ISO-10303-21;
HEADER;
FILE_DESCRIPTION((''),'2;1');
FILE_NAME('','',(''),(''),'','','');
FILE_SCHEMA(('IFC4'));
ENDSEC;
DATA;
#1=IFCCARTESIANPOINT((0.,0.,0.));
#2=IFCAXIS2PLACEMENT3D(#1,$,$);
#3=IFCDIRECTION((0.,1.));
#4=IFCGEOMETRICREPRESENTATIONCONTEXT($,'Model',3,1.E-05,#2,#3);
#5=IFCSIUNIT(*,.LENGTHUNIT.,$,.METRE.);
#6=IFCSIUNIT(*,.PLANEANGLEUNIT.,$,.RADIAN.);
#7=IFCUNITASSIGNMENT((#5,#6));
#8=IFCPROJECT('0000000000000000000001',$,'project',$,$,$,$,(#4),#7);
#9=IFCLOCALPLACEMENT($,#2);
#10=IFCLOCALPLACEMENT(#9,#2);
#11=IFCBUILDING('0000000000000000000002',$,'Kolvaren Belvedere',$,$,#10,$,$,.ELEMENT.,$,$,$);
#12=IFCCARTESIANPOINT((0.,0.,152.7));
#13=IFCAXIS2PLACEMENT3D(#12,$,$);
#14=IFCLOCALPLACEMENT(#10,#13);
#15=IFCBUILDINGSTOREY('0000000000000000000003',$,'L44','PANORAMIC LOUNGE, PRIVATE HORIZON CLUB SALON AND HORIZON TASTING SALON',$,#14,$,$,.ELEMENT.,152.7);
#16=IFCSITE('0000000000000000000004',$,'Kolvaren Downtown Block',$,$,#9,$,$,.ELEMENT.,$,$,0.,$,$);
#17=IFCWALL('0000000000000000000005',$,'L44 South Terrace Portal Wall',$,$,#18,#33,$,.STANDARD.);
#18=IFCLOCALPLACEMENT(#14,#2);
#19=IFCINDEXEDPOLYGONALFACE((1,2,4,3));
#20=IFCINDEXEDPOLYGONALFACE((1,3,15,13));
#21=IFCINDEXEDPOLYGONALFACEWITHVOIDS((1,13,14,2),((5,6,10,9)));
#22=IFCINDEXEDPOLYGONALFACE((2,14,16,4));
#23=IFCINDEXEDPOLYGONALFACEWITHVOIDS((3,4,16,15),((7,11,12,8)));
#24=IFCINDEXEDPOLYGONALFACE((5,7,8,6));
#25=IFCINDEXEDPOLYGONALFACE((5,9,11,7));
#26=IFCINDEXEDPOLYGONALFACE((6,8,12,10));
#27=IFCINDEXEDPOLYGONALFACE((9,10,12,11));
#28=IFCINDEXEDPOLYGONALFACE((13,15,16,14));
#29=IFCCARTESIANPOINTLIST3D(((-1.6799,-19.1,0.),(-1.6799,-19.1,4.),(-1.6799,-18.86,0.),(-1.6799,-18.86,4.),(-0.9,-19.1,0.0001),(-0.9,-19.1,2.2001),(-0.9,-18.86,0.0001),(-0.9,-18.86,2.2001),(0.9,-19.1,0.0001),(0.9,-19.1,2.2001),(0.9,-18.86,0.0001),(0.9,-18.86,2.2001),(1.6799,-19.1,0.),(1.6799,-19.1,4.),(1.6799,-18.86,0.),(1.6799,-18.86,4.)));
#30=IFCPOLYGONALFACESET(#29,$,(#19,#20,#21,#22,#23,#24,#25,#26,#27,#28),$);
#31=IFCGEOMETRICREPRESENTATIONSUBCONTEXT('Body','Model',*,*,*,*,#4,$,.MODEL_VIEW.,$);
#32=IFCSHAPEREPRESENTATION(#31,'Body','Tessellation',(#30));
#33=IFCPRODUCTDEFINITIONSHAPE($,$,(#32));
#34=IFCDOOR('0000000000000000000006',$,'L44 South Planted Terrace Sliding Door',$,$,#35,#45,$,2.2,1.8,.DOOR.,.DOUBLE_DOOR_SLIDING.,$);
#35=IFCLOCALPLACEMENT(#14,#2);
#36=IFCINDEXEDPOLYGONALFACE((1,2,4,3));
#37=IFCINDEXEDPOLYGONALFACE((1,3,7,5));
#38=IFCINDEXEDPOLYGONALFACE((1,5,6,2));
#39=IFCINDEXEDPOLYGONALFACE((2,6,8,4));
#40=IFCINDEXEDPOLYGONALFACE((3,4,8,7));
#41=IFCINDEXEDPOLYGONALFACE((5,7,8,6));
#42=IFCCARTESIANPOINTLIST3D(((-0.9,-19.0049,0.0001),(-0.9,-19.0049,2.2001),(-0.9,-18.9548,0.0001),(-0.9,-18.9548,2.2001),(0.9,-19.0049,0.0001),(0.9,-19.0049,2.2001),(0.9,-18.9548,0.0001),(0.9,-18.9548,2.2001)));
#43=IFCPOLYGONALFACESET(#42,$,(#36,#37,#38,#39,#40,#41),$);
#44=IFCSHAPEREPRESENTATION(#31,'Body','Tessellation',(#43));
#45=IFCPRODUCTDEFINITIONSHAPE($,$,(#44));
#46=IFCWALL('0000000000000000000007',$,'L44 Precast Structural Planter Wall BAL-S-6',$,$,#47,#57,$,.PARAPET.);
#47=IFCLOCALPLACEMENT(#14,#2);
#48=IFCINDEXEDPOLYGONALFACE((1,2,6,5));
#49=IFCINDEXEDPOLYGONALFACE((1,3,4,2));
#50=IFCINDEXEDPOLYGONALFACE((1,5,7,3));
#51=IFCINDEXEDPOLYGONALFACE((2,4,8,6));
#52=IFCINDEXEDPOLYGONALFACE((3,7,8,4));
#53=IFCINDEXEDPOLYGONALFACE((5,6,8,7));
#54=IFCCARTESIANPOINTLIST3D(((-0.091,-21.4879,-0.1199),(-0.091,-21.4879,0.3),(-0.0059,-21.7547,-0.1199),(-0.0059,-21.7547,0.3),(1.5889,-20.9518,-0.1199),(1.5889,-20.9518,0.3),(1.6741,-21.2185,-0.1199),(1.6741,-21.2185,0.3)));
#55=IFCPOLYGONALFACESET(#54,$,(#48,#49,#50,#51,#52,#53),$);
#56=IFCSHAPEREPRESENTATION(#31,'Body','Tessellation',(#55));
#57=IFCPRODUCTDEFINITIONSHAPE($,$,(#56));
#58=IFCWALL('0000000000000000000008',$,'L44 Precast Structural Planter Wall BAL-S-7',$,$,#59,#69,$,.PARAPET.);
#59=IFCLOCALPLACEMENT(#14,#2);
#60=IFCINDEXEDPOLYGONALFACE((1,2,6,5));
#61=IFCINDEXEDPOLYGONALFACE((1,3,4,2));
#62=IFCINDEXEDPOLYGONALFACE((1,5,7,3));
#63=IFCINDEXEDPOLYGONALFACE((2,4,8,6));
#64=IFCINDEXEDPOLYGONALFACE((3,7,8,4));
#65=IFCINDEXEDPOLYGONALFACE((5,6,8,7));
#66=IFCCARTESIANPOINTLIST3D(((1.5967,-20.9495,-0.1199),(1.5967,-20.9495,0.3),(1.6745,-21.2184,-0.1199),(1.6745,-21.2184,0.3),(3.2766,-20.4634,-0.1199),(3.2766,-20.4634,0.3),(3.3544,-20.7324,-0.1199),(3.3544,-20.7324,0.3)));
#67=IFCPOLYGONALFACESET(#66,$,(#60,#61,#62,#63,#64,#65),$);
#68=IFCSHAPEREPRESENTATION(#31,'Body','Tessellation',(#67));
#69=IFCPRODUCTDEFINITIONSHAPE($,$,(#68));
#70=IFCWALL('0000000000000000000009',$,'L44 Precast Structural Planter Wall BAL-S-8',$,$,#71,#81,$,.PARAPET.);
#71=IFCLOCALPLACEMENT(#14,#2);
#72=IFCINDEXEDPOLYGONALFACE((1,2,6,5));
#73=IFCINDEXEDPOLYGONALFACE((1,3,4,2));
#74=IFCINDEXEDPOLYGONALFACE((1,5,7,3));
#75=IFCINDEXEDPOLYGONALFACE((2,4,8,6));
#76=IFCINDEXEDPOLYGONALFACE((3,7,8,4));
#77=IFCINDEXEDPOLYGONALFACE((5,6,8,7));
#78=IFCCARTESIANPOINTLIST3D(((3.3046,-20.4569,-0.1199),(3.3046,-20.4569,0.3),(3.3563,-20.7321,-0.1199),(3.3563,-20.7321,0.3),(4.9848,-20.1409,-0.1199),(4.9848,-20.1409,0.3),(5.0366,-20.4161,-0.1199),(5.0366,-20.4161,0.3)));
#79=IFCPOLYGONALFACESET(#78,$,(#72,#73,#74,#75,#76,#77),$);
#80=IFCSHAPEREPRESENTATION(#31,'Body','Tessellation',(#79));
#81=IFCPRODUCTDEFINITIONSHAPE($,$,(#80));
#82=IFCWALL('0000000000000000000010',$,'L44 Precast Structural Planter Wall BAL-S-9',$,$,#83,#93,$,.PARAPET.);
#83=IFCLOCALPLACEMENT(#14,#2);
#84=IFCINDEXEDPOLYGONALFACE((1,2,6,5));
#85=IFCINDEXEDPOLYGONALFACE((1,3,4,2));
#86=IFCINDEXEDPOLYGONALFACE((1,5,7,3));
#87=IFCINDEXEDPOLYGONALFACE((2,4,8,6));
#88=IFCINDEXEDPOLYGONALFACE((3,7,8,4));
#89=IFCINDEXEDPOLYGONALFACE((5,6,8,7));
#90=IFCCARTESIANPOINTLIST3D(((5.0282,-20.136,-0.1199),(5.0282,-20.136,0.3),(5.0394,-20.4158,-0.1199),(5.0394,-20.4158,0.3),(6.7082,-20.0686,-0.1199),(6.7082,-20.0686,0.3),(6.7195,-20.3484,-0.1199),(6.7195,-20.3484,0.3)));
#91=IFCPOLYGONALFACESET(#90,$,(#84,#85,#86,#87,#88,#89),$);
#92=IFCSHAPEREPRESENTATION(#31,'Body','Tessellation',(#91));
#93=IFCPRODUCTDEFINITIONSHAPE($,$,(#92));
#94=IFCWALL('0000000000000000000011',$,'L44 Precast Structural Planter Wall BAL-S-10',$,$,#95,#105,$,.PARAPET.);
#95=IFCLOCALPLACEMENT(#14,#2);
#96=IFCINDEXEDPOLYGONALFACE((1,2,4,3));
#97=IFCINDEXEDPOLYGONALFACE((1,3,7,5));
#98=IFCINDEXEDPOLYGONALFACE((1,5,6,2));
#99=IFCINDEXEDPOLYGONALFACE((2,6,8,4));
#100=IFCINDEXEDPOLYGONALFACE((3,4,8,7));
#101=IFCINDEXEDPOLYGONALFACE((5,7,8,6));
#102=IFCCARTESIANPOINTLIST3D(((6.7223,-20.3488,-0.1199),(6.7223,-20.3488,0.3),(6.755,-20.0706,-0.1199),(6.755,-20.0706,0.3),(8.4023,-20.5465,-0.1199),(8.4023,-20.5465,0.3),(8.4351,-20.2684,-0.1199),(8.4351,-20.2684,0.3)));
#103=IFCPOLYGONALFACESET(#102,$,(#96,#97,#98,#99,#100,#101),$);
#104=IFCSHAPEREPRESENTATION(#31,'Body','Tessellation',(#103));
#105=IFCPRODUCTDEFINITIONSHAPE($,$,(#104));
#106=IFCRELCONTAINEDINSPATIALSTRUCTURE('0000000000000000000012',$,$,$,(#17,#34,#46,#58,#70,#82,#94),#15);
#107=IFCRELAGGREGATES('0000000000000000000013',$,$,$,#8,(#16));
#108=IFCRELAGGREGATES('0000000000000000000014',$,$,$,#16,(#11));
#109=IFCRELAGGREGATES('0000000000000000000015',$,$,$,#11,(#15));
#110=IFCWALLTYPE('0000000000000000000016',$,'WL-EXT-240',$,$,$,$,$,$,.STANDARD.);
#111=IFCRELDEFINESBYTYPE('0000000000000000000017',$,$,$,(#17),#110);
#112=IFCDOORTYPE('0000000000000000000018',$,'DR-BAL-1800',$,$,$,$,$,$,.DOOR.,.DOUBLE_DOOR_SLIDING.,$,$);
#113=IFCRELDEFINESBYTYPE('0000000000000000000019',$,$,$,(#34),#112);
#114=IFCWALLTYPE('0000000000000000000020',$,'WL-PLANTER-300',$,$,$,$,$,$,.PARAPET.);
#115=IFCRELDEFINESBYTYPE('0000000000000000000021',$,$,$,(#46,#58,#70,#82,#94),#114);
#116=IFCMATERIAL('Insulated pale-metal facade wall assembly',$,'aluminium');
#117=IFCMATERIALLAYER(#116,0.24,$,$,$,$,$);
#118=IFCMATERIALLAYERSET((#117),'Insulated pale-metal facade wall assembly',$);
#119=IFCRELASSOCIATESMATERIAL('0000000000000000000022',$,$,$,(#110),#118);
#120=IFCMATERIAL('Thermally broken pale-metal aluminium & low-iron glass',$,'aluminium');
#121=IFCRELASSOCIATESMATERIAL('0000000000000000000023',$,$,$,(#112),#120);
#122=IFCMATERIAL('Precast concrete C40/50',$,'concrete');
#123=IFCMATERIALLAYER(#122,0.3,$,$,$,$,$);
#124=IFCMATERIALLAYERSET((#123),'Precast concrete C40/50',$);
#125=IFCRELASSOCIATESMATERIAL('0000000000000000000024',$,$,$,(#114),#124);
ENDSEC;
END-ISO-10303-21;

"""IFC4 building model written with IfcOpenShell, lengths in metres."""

from ifc_helpers import new_model, si_unit, direction, frame, frame_2d, origin, place, context, subcontext, project, spatial, rectangle, extrude, material, layer, layer_set, type_object, element, fill, save


model = new_model("IFC4")

# Units and contexts
model_context = context("Model", 3, precision=1e-05, world=origin(), true_north=direction((0.0, 1.0)))
body_context = subcontext(model_context, "Body", "Model", "MODEL_VIEW")
ifc_project = project(units=[si_unit("LENGTHUNIT", "METRE"), si_unit("PLANEANGLEUNIT", "RADIAN")], contexts=[model_context])

# Site, building, storey
site_placement = place(None, origin())
site = spatial("IfcSite", under=ifc_project, at=site_placement, Name="Kolvaren Downtown Block", CompositionType="ELEMENT", RefElevation=0.0)
building_placement = place(site_placement, origin())
building = spatial("IfcBuilding", under=site, at=building_placement, Name="Kolvaren Belvedere", CompositionType="ELEMENT")
storey_placement = place(building_placement, frame((0.0, 0.0, 152.7)))
storey = spatial("IfcBuildingStorey", under=building, at=storey_placement, Name="L44", Description="PANORAMIC LOUNGE, PRIVATE HORIZON CLUB SALON AND HORIZON TASTING SALON", CompositionType="ELEMENT", Elevation=152.7)

# Wall, opening, door
ifc_material_1 = material(Name="Insulated pale-metal facade wall assembly", Category="aluminium")
ifc_layer_1 = layer(ifc_material_1, 0.24)
ifc_layer_set_1 = layer_set([ifc_layer_1], Name="Insulated pale-metal facade wall assembly")
wall_type_1 = type_object("IfcWallType", Name="WL-EXT-240", PredefinedType="STANDARD", material=ifc_layer_set_1)
wall_1_placement = place(storey_placement, frame((1.6799, -18.98, 0.0), z_axis=(0.0, 0.0, 1.0), x_axis=(-1.0, 0.0, 0.0)))
wall_1 = element("IfcWall", 1, at=wall_1_placement, inside=storey, type_object=wall_type_1, Name="L44 South Terrace Portal Wall", PredefinedType="STANDARD", context=body_context, shape_type="SweptSolid", body=[
    extrude(rectangle(XDim=3.3599, YDim=0.24, at=frame_2d((1.6799, 0.0))), origin(), (0.0, 0.0, 1.0), 4.0),
])
opening_placement = place(wall_1_placement, frame((0.78, 0.0, 0.0)))
opening = element("IfcOpeningElement", 2, at=opening_placement, cuts=wall_1, PredefinedType="OPENING", context=body_context, shape_type="SweptSolid", body=[
    extrude(rectangle(XDim=1.8, YDim=2.2, at=frame_2d((0.8999, 1.1001))), frame((0.0, 0.1299, 0.0), z_axis=(0.0, -1.0, 0.0), x_axis=(1.0, 0.0, 0.0)), (0.0, 0.0, 1.0), 0.26),
])
ifc_material_2 = material(Name="Thermally broken pale-metal aluminium & low-iron glass", Category="aluminium")
door_type = type_object("IfcDoorType", Name="DR-BAL-1800", OperationType="DOUBLE_DOOR_SLIDING", PredefinedType="DOOR", material=ifc_material_2)
door_placement = place(opening_placement, origin())
door = element("IfcDoor", 3, at=door_placement, inside=storey, type_object=door_type, Name="L44 South Planted Terrace Sliding Door", OperationType="DOUBLE_DOOR_SLIDING", OverallHeight=2.2, OverallWidth=1.8, PredefinedType="DOOR", context=body_context, shape_type="SweptSolid", body=[
    extrude(rectangle(XDim=1.8, YDim=2.2, at=frame_2d((0.8999, 1.1001))), frame((0.0, 0.0249, 0.0), z_axis=(0.0, -1.0, 0.0), x_axis=(1.0, 0.0, 0.0)), (0.0, 0.0, 1.0), 0.05),
])
fill(opening, door)

# Walls
ifc_material_3 = material(Name="Precast concrete C40/50", Category="concrete")
ifc_layer_2 = layer(ifc_material_3, 0.3)
ifc_layer_set_2 = layer_set([ifc_layer_2], Name="Precast concrete C40/50")
wall_type_2 = type_object("IfcWallType", Name="WL-PLANTER-300", PredefinedType="PARAPET", material=ifc_layer_set_2)
wall_2_placement = place(storey_placement, frame((-0.0486, -21.6213, -0.1199), z_axis=(0.0, 0.0, 1.0), x_axis=(0.952662, 0.304032, 0.0)))
element("IfcWall", 4, at=wall_2_placement, inside=storey, type_object=wall_type_2, Name="L44 Precast Structural Planter Wall BAL-S-6", PredefinedType="PARAPET", context=body_context, shape_type="SweptSolid", body=[
    extrude(rectangle(XDim=1.7634, YDim=0.28, at=frame_2d((0.8818, 0.0))), origin(), (0.0, 0.0, 1.0), 0.4199),
])
wall_3_placement = place(storey_placement, frame((1.6355, -21.084, -0.1199), z_axis=(0.0, 0.0, 1.0), x_axis=(0.960597, 0.277946, 0.0)))
element("IfcWall", 5, at=wall_3_placement, inside=storey, type_object=wall_type_2, Name="L44 Precast Structural Planter Wall BAL-S-7", PredefinedType="PARAPET", context=body_context, shape_type="SweptSolid", body=[
    extrude(rectangle(XDim=1.7488, YDim=0.28, at=frame_2d((0.8745, 0.0))), origin(), (0.0, 0.0, 1.0), 0.4199),
])
wall_4_placement = place(storey_placement, frame((3.3303, -20.5945, -0.1199), z_axis=(0.0, 0.0, 1.0), x_axis=(0.982778, 0.184789, 0.0)))
element("IfcWall", 6, at=wall_4_placement, inside=storey, type_object=wall_type_2, Name="L44 Precast Structural Planter Wall BAL-S-8", PredefinedType="PARAPET", context=body_context, shape_type="SweptSolid", body=[
    extrude(rectangle(XDim=1.7097, YDim=0.28, at=frame_2d((0.855, 0.0))), origin(), (0.0, 0.0, 1.0), 0.4199),
])
wall_5_placement = place(storey_placement, frame((5.0337, -20.2759, -0.1199), z_axis=(0.0, 0.0, 1.0), x_axis=(0.999197, 0.040078, 0.0)))
element("IfcWall", 7, at=wall_5_placement, inside=storey, type_object=wall_type_2, Name="L44 Precast Structural Planter Wall BAL-S-9", PredefinedType="PARAPET", context=body_context, shape_type="SweptSolid", body=[
    extrude(rectangle(XDim=1.6814, YDim=0.28, at=frame_2d((0.8408, 0.0))), origin(), (0.0, 0.0, 1.0), 0.4199),
])
wall_6_placement = place(storey_placement, frame((6.7388, -20.2097, -0.1199), z_axis=(0.0, 0.0, 1.0), x_axis=(0.993143, -0.116908, 0.0)))
element("IfcWall", 8, at=wall_6_placement, inside=storey, type_object=wall_type_2, Name="L44 Precast Structural Planter Wall BAL-S-10", PredefinedType="PARAPET", context=body_context, shape_type="SweptSolid", body=[
    extrude(rectangle(XDim=1.6917, YDim=0.28, at=frame_2d((0.8457, 0.0))), origin(), (0.0, 0.0, 1.0), 0.4199),
])

save(model, "model.ifc")
